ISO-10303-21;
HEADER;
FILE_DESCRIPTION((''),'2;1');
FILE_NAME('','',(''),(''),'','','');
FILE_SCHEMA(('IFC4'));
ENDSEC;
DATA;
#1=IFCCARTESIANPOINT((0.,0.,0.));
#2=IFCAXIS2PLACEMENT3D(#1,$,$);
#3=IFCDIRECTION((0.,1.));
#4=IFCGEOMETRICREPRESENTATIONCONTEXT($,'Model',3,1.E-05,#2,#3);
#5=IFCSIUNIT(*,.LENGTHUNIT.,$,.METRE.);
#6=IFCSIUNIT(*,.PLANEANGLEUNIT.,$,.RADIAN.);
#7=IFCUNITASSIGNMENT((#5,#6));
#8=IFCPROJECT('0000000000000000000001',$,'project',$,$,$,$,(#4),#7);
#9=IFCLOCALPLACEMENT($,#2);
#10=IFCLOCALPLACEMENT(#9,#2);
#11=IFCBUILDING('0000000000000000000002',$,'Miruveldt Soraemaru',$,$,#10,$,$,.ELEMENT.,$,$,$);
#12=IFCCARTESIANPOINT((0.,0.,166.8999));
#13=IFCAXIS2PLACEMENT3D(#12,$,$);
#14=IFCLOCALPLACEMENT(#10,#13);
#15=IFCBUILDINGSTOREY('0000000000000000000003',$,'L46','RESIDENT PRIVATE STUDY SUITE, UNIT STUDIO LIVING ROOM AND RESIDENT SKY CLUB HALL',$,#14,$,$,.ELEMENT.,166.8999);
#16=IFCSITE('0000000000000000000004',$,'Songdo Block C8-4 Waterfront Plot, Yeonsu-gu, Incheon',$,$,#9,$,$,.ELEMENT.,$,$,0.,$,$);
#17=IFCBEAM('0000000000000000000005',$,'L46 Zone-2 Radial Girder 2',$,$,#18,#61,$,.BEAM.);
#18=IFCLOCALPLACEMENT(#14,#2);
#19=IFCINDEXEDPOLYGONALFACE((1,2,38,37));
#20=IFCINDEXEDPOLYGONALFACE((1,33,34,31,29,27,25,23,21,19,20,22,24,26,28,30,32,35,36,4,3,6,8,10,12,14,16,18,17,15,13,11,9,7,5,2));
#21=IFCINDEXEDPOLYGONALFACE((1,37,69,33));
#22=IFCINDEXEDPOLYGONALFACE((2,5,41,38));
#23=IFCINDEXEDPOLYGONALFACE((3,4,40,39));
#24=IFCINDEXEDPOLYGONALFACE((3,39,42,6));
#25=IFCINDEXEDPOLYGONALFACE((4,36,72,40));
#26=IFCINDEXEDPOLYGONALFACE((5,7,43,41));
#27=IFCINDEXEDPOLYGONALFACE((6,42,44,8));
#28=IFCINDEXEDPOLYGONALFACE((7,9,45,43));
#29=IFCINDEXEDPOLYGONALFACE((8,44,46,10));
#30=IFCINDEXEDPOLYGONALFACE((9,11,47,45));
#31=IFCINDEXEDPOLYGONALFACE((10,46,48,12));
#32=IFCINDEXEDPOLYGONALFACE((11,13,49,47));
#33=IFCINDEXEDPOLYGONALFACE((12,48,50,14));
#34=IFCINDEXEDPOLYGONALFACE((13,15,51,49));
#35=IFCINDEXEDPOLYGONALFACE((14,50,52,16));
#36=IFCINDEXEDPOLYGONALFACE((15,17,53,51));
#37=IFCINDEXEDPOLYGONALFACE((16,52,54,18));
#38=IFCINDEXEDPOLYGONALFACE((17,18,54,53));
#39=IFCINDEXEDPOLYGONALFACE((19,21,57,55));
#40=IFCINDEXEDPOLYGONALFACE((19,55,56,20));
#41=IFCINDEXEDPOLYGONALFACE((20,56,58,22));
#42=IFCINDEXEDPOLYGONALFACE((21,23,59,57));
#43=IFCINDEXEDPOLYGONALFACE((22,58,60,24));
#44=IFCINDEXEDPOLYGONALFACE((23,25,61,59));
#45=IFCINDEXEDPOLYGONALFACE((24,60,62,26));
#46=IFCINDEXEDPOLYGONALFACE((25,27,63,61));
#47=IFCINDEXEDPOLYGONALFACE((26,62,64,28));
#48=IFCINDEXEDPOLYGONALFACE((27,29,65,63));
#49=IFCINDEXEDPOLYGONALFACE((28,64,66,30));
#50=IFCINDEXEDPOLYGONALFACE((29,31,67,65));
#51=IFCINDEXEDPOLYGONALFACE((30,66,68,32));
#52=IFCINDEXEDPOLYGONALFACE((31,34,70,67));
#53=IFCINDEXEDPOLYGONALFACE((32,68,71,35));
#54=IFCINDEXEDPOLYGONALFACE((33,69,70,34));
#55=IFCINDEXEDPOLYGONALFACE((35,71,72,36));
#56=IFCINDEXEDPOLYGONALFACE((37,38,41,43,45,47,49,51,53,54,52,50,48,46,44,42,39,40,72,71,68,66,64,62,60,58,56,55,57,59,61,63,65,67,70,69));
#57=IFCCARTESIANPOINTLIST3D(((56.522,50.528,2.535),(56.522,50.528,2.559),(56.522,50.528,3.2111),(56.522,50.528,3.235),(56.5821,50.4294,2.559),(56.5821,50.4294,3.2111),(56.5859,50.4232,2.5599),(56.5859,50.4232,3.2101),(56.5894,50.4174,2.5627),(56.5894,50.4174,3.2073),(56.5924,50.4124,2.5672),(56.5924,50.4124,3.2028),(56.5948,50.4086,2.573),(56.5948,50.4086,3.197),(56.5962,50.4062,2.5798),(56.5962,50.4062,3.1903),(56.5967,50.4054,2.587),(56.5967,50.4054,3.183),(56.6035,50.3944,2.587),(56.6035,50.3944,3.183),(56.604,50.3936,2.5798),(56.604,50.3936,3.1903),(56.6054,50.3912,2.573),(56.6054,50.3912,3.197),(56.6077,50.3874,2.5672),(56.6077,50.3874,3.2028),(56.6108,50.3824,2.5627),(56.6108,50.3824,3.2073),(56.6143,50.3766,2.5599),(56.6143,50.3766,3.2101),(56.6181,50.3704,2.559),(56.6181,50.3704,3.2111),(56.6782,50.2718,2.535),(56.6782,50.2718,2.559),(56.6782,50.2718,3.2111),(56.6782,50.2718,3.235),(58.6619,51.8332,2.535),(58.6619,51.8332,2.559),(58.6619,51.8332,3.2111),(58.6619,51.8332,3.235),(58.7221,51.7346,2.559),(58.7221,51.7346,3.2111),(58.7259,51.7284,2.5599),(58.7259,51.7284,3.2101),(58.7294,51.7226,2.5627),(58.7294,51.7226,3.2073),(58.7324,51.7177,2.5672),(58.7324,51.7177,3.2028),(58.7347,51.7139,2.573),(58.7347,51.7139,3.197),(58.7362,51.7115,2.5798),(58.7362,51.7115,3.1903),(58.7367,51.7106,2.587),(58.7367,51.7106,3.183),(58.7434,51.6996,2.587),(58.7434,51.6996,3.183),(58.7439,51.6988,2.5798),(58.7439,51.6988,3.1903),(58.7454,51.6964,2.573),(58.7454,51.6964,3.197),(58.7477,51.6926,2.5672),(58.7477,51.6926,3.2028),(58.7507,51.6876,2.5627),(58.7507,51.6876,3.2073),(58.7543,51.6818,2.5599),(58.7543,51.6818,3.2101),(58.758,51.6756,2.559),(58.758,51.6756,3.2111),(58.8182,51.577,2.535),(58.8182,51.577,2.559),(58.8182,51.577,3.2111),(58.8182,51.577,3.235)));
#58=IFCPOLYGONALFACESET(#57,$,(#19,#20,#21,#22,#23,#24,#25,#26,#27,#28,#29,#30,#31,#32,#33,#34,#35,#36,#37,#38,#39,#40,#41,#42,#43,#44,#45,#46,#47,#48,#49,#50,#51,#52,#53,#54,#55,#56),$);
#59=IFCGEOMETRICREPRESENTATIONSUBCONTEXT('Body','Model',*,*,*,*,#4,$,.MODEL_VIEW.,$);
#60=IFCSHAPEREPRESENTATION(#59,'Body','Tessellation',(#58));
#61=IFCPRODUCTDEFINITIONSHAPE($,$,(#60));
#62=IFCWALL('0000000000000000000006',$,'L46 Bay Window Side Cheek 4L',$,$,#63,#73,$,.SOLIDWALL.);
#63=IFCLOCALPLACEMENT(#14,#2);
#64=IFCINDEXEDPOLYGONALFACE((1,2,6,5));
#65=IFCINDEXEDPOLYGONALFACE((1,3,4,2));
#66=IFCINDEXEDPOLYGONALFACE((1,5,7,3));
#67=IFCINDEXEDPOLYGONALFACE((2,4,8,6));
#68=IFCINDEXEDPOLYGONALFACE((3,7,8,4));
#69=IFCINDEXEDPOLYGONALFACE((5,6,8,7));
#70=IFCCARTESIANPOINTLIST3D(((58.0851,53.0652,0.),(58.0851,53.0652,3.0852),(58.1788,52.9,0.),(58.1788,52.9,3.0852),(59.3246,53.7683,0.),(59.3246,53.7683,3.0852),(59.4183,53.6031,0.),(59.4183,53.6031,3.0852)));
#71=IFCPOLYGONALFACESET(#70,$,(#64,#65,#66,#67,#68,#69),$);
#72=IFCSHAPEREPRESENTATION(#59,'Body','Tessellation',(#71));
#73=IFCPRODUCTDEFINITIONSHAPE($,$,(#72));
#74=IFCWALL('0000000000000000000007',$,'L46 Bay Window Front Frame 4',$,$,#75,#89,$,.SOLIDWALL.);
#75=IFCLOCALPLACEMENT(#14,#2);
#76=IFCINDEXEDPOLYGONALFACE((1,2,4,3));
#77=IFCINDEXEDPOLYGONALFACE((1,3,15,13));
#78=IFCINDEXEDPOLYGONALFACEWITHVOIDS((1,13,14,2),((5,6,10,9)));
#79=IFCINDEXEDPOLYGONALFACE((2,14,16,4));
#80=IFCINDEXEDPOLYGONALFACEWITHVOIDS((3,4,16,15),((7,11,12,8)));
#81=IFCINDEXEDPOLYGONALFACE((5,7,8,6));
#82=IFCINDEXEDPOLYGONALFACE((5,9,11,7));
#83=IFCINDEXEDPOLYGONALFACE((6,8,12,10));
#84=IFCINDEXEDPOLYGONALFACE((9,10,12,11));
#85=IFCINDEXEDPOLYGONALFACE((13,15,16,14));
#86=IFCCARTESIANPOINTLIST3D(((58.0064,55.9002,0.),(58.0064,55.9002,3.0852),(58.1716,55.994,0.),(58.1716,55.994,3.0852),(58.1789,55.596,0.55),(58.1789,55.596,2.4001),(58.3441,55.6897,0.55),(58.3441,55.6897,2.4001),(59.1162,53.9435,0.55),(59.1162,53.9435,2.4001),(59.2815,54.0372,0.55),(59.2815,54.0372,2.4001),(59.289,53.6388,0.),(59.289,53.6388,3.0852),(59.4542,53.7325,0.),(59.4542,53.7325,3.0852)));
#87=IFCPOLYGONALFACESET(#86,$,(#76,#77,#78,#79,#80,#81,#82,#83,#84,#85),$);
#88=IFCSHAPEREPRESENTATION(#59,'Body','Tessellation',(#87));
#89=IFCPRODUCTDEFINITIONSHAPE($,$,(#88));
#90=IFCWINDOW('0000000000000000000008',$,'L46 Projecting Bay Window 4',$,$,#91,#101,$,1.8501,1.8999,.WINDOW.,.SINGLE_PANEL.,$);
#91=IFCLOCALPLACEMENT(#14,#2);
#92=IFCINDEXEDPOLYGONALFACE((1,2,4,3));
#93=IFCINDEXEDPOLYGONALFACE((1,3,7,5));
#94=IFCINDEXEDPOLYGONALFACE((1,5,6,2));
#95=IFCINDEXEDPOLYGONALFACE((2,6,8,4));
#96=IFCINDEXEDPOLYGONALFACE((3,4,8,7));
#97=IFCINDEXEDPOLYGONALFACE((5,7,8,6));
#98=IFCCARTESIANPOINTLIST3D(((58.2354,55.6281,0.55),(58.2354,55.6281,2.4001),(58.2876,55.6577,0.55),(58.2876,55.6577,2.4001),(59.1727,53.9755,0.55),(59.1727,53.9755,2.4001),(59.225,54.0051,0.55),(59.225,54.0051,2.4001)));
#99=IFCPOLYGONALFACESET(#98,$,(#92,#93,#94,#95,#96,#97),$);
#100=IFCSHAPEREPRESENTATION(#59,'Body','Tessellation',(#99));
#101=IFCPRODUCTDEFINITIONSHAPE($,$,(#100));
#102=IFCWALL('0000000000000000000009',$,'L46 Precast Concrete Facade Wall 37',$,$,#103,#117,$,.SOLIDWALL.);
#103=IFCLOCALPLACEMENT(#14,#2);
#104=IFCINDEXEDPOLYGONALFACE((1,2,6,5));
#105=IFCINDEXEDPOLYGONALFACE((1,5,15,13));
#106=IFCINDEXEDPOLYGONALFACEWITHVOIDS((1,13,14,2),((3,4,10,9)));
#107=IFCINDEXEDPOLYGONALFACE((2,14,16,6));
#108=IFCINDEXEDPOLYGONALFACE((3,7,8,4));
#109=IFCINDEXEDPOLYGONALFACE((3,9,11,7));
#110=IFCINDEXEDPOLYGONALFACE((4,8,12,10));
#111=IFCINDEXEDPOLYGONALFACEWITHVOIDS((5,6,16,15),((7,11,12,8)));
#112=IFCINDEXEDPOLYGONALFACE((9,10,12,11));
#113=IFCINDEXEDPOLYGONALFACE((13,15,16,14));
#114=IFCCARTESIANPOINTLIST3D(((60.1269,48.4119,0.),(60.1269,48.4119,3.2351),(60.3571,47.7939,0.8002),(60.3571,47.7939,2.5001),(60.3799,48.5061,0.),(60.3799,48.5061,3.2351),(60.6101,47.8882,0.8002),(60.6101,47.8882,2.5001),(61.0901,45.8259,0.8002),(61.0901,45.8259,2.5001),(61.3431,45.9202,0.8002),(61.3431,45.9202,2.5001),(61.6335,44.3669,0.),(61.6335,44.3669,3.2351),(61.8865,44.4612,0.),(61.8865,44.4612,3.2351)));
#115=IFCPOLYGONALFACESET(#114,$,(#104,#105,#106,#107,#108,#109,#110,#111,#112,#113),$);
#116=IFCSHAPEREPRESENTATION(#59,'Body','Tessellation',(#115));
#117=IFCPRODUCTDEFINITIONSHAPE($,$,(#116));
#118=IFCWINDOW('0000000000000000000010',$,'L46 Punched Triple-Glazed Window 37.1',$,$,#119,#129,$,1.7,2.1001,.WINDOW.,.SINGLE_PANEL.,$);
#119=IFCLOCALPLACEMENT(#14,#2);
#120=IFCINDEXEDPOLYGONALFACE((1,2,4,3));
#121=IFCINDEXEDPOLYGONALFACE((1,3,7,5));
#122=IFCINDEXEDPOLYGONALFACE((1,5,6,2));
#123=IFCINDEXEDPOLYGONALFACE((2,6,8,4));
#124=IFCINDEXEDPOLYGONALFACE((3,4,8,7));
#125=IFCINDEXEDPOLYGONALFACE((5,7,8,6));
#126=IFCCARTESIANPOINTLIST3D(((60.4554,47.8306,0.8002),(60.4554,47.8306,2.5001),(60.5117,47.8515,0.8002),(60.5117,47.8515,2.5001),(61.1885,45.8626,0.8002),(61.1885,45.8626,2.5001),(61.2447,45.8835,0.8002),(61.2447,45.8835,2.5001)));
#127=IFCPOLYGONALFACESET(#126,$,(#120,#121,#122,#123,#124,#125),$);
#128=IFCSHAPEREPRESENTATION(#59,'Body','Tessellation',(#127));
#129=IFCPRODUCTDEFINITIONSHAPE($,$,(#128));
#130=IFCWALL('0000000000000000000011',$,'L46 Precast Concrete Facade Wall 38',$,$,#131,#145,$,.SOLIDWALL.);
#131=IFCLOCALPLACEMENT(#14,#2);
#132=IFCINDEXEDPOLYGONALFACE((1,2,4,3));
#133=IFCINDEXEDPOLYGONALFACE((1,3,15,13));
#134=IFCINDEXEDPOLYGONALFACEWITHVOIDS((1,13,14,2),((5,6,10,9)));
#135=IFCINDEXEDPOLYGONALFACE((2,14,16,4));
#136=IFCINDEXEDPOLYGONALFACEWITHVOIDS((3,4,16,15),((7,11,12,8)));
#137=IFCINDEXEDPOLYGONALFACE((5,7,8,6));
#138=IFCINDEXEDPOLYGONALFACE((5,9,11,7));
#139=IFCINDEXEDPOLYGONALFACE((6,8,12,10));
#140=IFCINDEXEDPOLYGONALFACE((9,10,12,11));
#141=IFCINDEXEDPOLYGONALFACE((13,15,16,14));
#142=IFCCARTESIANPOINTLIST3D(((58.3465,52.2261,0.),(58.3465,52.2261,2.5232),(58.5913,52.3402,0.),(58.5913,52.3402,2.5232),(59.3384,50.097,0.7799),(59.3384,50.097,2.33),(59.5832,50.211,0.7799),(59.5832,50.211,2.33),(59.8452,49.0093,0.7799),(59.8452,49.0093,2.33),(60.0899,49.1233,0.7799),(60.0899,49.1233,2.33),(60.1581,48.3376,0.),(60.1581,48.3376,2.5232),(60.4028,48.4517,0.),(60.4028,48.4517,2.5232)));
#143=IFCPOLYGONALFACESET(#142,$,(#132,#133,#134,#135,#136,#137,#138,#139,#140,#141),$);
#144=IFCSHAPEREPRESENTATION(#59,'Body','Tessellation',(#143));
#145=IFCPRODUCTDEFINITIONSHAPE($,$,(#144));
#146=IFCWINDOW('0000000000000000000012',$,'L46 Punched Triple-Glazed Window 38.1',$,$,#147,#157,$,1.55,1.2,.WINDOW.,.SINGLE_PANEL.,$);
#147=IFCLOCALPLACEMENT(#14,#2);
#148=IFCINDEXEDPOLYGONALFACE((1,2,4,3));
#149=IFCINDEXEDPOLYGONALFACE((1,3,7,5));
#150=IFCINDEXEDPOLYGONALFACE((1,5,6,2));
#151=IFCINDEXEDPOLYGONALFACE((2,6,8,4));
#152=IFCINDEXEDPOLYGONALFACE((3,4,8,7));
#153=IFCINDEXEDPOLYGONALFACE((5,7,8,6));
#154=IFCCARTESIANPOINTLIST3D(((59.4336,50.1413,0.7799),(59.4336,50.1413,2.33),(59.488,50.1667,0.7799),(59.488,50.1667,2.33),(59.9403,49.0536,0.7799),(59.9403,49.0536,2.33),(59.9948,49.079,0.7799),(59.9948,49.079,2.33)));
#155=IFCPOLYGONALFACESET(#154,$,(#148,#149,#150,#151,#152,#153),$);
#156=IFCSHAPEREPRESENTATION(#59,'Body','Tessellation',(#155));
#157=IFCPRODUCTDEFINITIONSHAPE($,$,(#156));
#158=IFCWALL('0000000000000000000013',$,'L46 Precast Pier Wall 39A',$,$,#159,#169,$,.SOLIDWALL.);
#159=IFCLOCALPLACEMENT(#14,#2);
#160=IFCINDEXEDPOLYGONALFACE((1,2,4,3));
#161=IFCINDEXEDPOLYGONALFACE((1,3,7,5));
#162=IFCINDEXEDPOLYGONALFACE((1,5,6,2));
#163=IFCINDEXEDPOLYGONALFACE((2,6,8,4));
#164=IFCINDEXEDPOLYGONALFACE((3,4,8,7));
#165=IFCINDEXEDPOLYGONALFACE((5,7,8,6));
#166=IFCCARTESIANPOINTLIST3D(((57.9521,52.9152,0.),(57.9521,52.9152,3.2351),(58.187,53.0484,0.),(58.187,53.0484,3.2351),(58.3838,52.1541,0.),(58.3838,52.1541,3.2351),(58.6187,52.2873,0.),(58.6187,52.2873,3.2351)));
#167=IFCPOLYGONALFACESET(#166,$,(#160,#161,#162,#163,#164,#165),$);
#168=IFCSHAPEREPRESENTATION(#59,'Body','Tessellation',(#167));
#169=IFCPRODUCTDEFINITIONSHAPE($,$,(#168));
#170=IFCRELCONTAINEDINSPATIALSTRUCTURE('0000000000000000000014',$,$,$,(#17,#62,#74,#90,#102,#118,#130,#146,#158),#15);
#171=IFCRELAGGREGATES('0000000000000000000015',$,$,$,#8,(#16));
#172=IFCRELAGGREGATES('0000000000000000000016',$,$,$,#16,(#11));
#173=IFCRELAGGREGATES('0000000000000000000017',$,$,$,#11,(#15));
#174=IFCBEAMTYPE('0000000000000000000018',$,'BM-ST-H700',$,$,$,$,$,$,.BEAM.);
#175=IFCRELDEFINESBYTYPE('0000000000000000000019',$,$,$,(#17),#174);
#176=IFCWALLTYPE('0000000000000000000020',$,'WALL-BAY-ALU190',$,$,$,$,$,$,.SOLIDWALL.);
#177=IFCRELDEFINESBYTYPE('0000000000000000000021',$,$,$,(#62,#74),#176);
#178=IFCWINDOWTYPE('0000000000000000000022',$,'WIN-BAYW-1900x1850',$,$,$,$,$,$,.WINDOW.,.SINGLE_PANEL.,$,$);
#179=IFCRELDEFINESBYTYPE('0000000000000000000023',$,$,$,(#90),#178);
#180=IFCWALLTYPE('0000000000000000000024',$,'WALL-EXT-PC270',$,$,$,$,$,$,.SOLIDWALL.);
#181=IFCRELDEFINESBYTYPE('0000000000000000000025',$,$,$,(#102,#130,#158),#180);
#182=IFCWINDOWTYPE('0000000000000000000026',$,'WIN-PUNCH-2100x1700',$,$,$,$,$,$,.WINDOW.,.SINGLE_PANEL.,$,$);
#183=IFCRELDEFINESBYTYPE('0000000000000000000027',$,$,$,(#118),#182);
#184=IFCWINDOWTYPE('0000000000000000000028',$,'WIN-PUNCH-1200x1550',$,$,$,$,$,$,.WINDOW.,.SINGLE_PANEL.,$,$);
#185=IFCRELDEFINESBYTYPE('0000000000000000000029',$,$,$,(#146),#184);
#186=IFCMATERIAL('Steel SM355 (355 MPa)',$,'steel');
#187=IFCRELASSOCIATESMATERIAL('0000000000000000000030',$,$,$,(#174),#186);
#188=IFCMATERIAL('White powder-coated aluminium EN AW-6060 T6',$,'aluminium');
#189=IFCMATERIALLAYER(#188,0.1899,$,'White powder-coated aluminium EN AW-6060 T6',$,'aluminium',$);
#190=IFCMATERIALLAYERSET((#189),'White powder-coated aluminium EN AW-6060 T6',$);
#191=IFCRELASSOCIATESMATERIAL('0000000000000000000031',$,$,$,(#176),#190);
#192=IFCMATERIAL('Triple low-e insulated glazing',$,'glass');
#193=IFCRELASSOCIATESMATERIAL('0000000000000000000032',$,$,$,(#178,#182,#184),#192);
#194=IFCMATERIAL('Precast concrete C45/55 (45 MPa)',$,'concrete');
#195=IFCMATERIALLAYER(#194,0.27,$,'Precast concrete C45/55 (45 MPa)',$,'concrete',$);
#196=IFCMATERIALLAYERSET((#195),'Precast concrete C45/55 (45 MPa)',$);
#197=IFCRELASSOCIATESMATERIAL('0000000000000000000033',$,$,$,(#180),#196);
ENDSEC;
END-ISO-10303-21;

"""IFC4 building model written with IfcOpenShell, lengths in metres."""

from ifc_helpers import new_model, si_unit, direction, frame, frame_2d, origin, origin_2d, place, context, subcontext, project, spatial, rectangle, i_section, extrude, material, layer, layer_set, material_profile, profile_set, type_object, element, fill, save


model = new_model("IFC4")

# Units and contexts
model_context = context("Model", 3, precision=1e-05, world=origin(), true_north=direction((0.0, 1.0)))
body_context = subcontext(model_context, "Body", "Model", "MODEL_VIEW")
ifc_project = project(units=[si_unit("LENGTHUNIT", "METRE"), si_unit("PLANEANGLEUNIT", "RADIAN")], contexts=[model_context])

# Site, building, storey
site_placement = place(None, origin())
site = spatial("IfcSite", under=ifc_project, at=site_placement, Name="Songdo Block C8-4 Waterfront Plot, Yeonsu-gu, Incheon", CompositionType="ELEMENT", RefElevation=0.0)
building_placement = place(site_placement, origin())
building = spatial("IfcBuilding", under=site, at=building_placement, Name="Miruveldt Soraemaru", CompositionType="ELEMENT")
storey_placement = place(building_placement, frame((0.0, 0.0, 166.8999)))
storey = spatial("IfcBuildingStorey", under=building, at=storey_placement, Name="L46", Description="RESIDENT PRIVATE STUDY SUITE, UNIT STUDIO LIVING ROOM AND RESIDENT SKY CLUB HALL", CompositionType="ELEMENT", Elevation=166.8999)

# Beam
ifc_material_1 = material(Name="Steel SM355 (355 MPa)", Category="steel")
ifc_material_profile_1 = material_profile(ifc_material_1, i_section(OverallWidth=0.3, OverallDepth=0.7, WebThickness=0.0129, FlangeThickness=0.0239, FilletRadius=0.0281, at=origin_2d()), Name="Steel SM355 (355 MPa)", Category="steel")
ifc_profile_set_1 = profile_set([ifc_material_profile_1], Name="Steel SM355 (355 MPa)")
beam_type_1 = type_object("IfcBeamType", Name="BM-ST-H700", PredefinedType="BEAM", material=ifc_profile_set_1)
beam_1_placement = place(storey_placement, frame((56.6001, 50.3999, 2.885), z_axis=(0.853732, 0.520713, 0.0), x_axis=(-0.520713, 0.853732, 0.0)))
element("IfcBeam", 1, at=beam_1_placement, inside=storey, type_object=beam_type_1, Name="L46 Zone-2 Radial Girder 2", PredefinedType="BEAM", context=body_context, shape_type="SweptSolid", body=[
    extrude(i_section(OverallWidth=0.3, OverallDepth=0.7, WebThickness=0.0129, FlangeThickness=0.0239, FilletRadius=0.0281, at=origin_2d()), origin(), (0.0, 0.0, 1.0), 2.5066),
])

# Wall
ifc_material_2 = material(Name="White powder-coated aluminium EN AW-6060 T6", Category="aluminium")
ifc_layer_1 = layer(ifc_material_2, 0.1899, Name="White powder-coated aluminium EN AW-6060 T6", Category="aluminium")
ifc_layer_set_1 = layer_set([ifc_layer_1], Name="White powder-coated aluminium EN AW-6060 T6")
wall_type_1 = type_object("IfcWallType", Name="WALL-BAY-ALU190", PredefinedType="SOLIDWALL", material=ifc_layer_set_1)
wall_1_placement = place(storey_placement, frame((58.1321, 52.9827, 0.0), z_axis=(0.0, 0.0, 1.0), x_axis=(0.869799, 0.493406, 0.0)))
element("IfcWall", 2, at=wall_1_placement, inside=storey, type_object=wall_type_1, Name="L46 Bay Window Side Cheek 4L", PredefinedType="SOLIDWALL", context=body_context, shape_type="SweptSolid", body=[
    extrude(rectangle(XDim=1.425, YDim=0.1899, at=frame_2d((0.7124, 0.0))), origin(), (0.0, 0.0, 1.0), 3.0852),
])

# Walls, openings, windows
wall_2_placement = place(storey_placement, frame((59.3716, 53.6858, 0.0), z_axis=(0.0, 0.0, 1.0), x_axis=(-0.493366, 0.869822, 0.0)))
wall_2 = element("IfcWall", 3, at=wall_2_placement, inside=storey, type_object=wall_type_1, Name="L46 Bay Window Front Frame 4", PredefinedType="SOLIDWALL", context=body_context, shape_type="SweptSolid", body=[
    extrude(rectangle(XDim=2.5999, YDim=0.1899, at=frame_2d((1.2998, 0.0))), origin(), (0.0, 0.0, 1.0), 3.0852),
])
opening_1_placement = place(wall_2_placement, frame((0.3501, 0.0, 0.55)))
opening_1 = element("IfcOpeningElement", 4, at=opening_1_placement, cuts=wall_2, PredefinedType="OPENING", context=body_context, shape_type="SweptSolid", body=[
    extrude(rectangle(XDim=1.8999, YDim=1.8501, at=frame_2d((0.95, 0.925))), frame((0.0, 0.105, 0.0), z_axis=(0.0, -1.0, 0.0), x_axis=(1.0, 0.0, 0.0)), (0.0, 0.0, 1.0), 0.21),
])
ifc_material_3 = material(Name="Triple low-e insulated glazing", Category="glass")
window_type_1 = type_object("IfcWindowType", Name="WIN-BAYW-1900x1850", PartitioningType="SINGLE_PANEL", PredefinedType="WINDOW", material=ifc_material_3)
window_1_placement = place(opening_1_placement, origin())
window_1 = element("IfcWindow", 5, at=window_1_placement, inside=storey, type_object=window_type_1, Name="L46 Projecting Bay Window 4", OverallHeight=1.8501, OverallWidth=1.8999, PartitioningType="SINGLE_PANEL", PredefinedType="WINDOW", context=body_context, shape_type="SweptSolid", body=[
    extrude(rectangle(XDim=1.8999, YDim=1.8501, at=frame_2d((0.95, 0.925))), frame((0.0, 0.03, 0.0), z_axis=(0.0, -1.0, 0.0), x_axis=(1.0, 0.0, 0.0)), (0.0, 0.0, 1.0), 0.0601),
])
fill(opening_1, window_1)
ifc_material_4 = material(Name="Precast concrete C45/55 (45 MPa)", Category="concrete")
ifc_layer_2 = layer(ifc_material_4, 0.27, Name="Precast concrete C45/55 (45 MPa)", Category="concrete")
ifc_layer_set_2 = layer_set([ifc_layer_2], Name="Precast concrete C45/55 (45 MPa)")
wall_type_2 = type_object("IfcWallType", Name="WALL-EXT-PC270", PredefinedType="SOLIDWALL", material=ifc_layer_set_2)
wall_3_placement = place(storey_placement, frame((61.76, 44.4141, 0.0), z_axis=(0.0, 0.0, 1.0), x_axis=(-0.34904, 0.937108, 0.0)))
wall_3 = element("IfcWall", 6, at=wall_3_placement, inside=storey, type_object=wall_type_2, Name="L46 Precast Concrete Facade Wall 37", PredefinedType="SOLIDWALL", context=body_context, shape_type="SweptSolid", body=[
    extrude(rectangle(XDim=4.3164, YDim=0.27, at=frame_2d((2.1582, 0.0))), origin(), (0.0, 0.0, 1.0), 3.2351),
])
opening_2_placement = place(wall_3_placement, frame((1.5569, 0.0, 0.8)))
opening_2 = element("IfcOpeningElement", 7, at=opening_2_placement, cuts=wall_3, PredefinedType="OPENING", context=body_context, shape_type="SweptSolid", body=[
    extrude(rectangle(XDim=2.1001, YDim=1.7, at=frame_2d((1.05, 0.8501))), frame((0.0, 0.145, 0.0), z_axis=(0.0, -1.0, 0.0), x_axis=(1.0, 0.0, 0.0)), (0.0, 0.0, 1.0), 0.29),
])
window_type_2 = type_object("IfcWindowType", Name="WIN-PUNCH-2100x1700", PartitioningType="SINGLE_PANEL", PredefinedType="WINDOW", material=ifc_material_3)
window_2_placement = place(opening_2_placement, origin())
window_2 = element("IfcWindow", 8, at=window_2_placement, inside=storey, type_object=window_type_2, Name="L46 Punched Triple-Glazed Window 37.1", OverallHeight=1.7, OverallWidth=2.1001, PartitioningType="SINGLE_PANEL", PredefinedType="WINDOW", context=body_context, shape_type="SweptSolid", body=[
    extrude(rectangle(XDim=2.1001, YDim=1.7, at=frame_2d((1.05, 0.8501))), frame((0.0, 0.03, 0.0), z_axis=(0.0, -1.0, 0.0), x_axis=(1.0, 0.0, 0.0)), (0.0, 0.0, 1.0), 0.0601),
])
fill(opening_2, window_2)
wall_4_placement = place(storey_placement, frame((60.2805, 48.3945, 0.0), z_axis=(0.0, 0.0, 1.0), x_axis=(-0.422297, 0.906458, 0.0)))
wall_4 = element("IfcWall", 9, at=wall_4_placement, inside=storey, type_object=wall_type_2, Name="L46 Precast Concrete Facade Wall 38", PredefinedType="SOLIDWALL", context=body_context, shape_type="SweptSolid", body=[
    extrude(rectangle(XDim=4.2898, YDim=0.27, at=frame_2d((2.145, 0.0))), origin(), (0.0, 0.0, 1.0), 2.5232),
])
opening_3_placement = place(wall_4_placement, frame((0.741, 0.0, 0.78)))
opening_3 = element("IfcOpeningElement", 10, at=opening_3_placement, cuts=wall_4, PredefinedType="OPENING", context=body_context, shape_type="SweptSolid", body=[
    extrude(rectangle(XDim=1.2, YDim=1.55, at=frame_2d((0.6001, 0.7749))), frame((0.0, 0.145, 0.0), z_axis=(0.0, -1.0, 0.0), x_axis=(1.0, 0.0, 0.0)), (0.0, 0.0, 1.0), 0.29),
])
window_type_3 = type_object("IfcWindowType", Name="WIN-PUNCH-1200x1550", PartitioningType="SINGLE_PANEL", PredefinedType="WINDOW", material=ifc_material_3)
window_3_placement = place(opening_3_placement, origin())
window_3 = element("IfcWindow", 11, at=window_3_placement, inside=storey, type_object=window_type_3, Name="L46 Punched Triple-Glazed Window 38.1", OverallHeight=1.55, OverallWidth=1.2, PartitioningType="SINGLE_PANEL", PredefinedType="WINDOW", context=body_context, shape_type="SweptSolid", body=[
    extrude(rectangle(XDim=1.2, YDim=1.55, at=frame_2d((0.6001, 0.7749))), frame((0.0, 0.03, 0.0), z_axis=(0.0, -1.0, 0.0), x_axis=(1.0, 0.0, 0.0)), (0.0, 0.0, 1.0), 0.0601),
])
fill(opening_3, window_3)

# Wall
wall_5_placement = place(storey_placement, frame((58.5012, 52.2207, 0.0), z_axis=(0.0, 0.0, 1.0), x_axis=(-0.493372, 0.869819, 0.0)))
element("IfcWall", 12, at=wall_5_placement, inside=storey, type_object=wall_type_2, Name="L46 Precast Pier Wall 39A", PredefinedType="SOLIDWALL", context=body_context, shape_type="SweptSolid", body=[
    extrude(rectangle(XDim=0.875, YDim=0.27, at=frame_2d((0.4375, 0.0))), origin(), (0.0, 0.0, 1.0), 3.2351),
])

save(model, "model.ifc")
